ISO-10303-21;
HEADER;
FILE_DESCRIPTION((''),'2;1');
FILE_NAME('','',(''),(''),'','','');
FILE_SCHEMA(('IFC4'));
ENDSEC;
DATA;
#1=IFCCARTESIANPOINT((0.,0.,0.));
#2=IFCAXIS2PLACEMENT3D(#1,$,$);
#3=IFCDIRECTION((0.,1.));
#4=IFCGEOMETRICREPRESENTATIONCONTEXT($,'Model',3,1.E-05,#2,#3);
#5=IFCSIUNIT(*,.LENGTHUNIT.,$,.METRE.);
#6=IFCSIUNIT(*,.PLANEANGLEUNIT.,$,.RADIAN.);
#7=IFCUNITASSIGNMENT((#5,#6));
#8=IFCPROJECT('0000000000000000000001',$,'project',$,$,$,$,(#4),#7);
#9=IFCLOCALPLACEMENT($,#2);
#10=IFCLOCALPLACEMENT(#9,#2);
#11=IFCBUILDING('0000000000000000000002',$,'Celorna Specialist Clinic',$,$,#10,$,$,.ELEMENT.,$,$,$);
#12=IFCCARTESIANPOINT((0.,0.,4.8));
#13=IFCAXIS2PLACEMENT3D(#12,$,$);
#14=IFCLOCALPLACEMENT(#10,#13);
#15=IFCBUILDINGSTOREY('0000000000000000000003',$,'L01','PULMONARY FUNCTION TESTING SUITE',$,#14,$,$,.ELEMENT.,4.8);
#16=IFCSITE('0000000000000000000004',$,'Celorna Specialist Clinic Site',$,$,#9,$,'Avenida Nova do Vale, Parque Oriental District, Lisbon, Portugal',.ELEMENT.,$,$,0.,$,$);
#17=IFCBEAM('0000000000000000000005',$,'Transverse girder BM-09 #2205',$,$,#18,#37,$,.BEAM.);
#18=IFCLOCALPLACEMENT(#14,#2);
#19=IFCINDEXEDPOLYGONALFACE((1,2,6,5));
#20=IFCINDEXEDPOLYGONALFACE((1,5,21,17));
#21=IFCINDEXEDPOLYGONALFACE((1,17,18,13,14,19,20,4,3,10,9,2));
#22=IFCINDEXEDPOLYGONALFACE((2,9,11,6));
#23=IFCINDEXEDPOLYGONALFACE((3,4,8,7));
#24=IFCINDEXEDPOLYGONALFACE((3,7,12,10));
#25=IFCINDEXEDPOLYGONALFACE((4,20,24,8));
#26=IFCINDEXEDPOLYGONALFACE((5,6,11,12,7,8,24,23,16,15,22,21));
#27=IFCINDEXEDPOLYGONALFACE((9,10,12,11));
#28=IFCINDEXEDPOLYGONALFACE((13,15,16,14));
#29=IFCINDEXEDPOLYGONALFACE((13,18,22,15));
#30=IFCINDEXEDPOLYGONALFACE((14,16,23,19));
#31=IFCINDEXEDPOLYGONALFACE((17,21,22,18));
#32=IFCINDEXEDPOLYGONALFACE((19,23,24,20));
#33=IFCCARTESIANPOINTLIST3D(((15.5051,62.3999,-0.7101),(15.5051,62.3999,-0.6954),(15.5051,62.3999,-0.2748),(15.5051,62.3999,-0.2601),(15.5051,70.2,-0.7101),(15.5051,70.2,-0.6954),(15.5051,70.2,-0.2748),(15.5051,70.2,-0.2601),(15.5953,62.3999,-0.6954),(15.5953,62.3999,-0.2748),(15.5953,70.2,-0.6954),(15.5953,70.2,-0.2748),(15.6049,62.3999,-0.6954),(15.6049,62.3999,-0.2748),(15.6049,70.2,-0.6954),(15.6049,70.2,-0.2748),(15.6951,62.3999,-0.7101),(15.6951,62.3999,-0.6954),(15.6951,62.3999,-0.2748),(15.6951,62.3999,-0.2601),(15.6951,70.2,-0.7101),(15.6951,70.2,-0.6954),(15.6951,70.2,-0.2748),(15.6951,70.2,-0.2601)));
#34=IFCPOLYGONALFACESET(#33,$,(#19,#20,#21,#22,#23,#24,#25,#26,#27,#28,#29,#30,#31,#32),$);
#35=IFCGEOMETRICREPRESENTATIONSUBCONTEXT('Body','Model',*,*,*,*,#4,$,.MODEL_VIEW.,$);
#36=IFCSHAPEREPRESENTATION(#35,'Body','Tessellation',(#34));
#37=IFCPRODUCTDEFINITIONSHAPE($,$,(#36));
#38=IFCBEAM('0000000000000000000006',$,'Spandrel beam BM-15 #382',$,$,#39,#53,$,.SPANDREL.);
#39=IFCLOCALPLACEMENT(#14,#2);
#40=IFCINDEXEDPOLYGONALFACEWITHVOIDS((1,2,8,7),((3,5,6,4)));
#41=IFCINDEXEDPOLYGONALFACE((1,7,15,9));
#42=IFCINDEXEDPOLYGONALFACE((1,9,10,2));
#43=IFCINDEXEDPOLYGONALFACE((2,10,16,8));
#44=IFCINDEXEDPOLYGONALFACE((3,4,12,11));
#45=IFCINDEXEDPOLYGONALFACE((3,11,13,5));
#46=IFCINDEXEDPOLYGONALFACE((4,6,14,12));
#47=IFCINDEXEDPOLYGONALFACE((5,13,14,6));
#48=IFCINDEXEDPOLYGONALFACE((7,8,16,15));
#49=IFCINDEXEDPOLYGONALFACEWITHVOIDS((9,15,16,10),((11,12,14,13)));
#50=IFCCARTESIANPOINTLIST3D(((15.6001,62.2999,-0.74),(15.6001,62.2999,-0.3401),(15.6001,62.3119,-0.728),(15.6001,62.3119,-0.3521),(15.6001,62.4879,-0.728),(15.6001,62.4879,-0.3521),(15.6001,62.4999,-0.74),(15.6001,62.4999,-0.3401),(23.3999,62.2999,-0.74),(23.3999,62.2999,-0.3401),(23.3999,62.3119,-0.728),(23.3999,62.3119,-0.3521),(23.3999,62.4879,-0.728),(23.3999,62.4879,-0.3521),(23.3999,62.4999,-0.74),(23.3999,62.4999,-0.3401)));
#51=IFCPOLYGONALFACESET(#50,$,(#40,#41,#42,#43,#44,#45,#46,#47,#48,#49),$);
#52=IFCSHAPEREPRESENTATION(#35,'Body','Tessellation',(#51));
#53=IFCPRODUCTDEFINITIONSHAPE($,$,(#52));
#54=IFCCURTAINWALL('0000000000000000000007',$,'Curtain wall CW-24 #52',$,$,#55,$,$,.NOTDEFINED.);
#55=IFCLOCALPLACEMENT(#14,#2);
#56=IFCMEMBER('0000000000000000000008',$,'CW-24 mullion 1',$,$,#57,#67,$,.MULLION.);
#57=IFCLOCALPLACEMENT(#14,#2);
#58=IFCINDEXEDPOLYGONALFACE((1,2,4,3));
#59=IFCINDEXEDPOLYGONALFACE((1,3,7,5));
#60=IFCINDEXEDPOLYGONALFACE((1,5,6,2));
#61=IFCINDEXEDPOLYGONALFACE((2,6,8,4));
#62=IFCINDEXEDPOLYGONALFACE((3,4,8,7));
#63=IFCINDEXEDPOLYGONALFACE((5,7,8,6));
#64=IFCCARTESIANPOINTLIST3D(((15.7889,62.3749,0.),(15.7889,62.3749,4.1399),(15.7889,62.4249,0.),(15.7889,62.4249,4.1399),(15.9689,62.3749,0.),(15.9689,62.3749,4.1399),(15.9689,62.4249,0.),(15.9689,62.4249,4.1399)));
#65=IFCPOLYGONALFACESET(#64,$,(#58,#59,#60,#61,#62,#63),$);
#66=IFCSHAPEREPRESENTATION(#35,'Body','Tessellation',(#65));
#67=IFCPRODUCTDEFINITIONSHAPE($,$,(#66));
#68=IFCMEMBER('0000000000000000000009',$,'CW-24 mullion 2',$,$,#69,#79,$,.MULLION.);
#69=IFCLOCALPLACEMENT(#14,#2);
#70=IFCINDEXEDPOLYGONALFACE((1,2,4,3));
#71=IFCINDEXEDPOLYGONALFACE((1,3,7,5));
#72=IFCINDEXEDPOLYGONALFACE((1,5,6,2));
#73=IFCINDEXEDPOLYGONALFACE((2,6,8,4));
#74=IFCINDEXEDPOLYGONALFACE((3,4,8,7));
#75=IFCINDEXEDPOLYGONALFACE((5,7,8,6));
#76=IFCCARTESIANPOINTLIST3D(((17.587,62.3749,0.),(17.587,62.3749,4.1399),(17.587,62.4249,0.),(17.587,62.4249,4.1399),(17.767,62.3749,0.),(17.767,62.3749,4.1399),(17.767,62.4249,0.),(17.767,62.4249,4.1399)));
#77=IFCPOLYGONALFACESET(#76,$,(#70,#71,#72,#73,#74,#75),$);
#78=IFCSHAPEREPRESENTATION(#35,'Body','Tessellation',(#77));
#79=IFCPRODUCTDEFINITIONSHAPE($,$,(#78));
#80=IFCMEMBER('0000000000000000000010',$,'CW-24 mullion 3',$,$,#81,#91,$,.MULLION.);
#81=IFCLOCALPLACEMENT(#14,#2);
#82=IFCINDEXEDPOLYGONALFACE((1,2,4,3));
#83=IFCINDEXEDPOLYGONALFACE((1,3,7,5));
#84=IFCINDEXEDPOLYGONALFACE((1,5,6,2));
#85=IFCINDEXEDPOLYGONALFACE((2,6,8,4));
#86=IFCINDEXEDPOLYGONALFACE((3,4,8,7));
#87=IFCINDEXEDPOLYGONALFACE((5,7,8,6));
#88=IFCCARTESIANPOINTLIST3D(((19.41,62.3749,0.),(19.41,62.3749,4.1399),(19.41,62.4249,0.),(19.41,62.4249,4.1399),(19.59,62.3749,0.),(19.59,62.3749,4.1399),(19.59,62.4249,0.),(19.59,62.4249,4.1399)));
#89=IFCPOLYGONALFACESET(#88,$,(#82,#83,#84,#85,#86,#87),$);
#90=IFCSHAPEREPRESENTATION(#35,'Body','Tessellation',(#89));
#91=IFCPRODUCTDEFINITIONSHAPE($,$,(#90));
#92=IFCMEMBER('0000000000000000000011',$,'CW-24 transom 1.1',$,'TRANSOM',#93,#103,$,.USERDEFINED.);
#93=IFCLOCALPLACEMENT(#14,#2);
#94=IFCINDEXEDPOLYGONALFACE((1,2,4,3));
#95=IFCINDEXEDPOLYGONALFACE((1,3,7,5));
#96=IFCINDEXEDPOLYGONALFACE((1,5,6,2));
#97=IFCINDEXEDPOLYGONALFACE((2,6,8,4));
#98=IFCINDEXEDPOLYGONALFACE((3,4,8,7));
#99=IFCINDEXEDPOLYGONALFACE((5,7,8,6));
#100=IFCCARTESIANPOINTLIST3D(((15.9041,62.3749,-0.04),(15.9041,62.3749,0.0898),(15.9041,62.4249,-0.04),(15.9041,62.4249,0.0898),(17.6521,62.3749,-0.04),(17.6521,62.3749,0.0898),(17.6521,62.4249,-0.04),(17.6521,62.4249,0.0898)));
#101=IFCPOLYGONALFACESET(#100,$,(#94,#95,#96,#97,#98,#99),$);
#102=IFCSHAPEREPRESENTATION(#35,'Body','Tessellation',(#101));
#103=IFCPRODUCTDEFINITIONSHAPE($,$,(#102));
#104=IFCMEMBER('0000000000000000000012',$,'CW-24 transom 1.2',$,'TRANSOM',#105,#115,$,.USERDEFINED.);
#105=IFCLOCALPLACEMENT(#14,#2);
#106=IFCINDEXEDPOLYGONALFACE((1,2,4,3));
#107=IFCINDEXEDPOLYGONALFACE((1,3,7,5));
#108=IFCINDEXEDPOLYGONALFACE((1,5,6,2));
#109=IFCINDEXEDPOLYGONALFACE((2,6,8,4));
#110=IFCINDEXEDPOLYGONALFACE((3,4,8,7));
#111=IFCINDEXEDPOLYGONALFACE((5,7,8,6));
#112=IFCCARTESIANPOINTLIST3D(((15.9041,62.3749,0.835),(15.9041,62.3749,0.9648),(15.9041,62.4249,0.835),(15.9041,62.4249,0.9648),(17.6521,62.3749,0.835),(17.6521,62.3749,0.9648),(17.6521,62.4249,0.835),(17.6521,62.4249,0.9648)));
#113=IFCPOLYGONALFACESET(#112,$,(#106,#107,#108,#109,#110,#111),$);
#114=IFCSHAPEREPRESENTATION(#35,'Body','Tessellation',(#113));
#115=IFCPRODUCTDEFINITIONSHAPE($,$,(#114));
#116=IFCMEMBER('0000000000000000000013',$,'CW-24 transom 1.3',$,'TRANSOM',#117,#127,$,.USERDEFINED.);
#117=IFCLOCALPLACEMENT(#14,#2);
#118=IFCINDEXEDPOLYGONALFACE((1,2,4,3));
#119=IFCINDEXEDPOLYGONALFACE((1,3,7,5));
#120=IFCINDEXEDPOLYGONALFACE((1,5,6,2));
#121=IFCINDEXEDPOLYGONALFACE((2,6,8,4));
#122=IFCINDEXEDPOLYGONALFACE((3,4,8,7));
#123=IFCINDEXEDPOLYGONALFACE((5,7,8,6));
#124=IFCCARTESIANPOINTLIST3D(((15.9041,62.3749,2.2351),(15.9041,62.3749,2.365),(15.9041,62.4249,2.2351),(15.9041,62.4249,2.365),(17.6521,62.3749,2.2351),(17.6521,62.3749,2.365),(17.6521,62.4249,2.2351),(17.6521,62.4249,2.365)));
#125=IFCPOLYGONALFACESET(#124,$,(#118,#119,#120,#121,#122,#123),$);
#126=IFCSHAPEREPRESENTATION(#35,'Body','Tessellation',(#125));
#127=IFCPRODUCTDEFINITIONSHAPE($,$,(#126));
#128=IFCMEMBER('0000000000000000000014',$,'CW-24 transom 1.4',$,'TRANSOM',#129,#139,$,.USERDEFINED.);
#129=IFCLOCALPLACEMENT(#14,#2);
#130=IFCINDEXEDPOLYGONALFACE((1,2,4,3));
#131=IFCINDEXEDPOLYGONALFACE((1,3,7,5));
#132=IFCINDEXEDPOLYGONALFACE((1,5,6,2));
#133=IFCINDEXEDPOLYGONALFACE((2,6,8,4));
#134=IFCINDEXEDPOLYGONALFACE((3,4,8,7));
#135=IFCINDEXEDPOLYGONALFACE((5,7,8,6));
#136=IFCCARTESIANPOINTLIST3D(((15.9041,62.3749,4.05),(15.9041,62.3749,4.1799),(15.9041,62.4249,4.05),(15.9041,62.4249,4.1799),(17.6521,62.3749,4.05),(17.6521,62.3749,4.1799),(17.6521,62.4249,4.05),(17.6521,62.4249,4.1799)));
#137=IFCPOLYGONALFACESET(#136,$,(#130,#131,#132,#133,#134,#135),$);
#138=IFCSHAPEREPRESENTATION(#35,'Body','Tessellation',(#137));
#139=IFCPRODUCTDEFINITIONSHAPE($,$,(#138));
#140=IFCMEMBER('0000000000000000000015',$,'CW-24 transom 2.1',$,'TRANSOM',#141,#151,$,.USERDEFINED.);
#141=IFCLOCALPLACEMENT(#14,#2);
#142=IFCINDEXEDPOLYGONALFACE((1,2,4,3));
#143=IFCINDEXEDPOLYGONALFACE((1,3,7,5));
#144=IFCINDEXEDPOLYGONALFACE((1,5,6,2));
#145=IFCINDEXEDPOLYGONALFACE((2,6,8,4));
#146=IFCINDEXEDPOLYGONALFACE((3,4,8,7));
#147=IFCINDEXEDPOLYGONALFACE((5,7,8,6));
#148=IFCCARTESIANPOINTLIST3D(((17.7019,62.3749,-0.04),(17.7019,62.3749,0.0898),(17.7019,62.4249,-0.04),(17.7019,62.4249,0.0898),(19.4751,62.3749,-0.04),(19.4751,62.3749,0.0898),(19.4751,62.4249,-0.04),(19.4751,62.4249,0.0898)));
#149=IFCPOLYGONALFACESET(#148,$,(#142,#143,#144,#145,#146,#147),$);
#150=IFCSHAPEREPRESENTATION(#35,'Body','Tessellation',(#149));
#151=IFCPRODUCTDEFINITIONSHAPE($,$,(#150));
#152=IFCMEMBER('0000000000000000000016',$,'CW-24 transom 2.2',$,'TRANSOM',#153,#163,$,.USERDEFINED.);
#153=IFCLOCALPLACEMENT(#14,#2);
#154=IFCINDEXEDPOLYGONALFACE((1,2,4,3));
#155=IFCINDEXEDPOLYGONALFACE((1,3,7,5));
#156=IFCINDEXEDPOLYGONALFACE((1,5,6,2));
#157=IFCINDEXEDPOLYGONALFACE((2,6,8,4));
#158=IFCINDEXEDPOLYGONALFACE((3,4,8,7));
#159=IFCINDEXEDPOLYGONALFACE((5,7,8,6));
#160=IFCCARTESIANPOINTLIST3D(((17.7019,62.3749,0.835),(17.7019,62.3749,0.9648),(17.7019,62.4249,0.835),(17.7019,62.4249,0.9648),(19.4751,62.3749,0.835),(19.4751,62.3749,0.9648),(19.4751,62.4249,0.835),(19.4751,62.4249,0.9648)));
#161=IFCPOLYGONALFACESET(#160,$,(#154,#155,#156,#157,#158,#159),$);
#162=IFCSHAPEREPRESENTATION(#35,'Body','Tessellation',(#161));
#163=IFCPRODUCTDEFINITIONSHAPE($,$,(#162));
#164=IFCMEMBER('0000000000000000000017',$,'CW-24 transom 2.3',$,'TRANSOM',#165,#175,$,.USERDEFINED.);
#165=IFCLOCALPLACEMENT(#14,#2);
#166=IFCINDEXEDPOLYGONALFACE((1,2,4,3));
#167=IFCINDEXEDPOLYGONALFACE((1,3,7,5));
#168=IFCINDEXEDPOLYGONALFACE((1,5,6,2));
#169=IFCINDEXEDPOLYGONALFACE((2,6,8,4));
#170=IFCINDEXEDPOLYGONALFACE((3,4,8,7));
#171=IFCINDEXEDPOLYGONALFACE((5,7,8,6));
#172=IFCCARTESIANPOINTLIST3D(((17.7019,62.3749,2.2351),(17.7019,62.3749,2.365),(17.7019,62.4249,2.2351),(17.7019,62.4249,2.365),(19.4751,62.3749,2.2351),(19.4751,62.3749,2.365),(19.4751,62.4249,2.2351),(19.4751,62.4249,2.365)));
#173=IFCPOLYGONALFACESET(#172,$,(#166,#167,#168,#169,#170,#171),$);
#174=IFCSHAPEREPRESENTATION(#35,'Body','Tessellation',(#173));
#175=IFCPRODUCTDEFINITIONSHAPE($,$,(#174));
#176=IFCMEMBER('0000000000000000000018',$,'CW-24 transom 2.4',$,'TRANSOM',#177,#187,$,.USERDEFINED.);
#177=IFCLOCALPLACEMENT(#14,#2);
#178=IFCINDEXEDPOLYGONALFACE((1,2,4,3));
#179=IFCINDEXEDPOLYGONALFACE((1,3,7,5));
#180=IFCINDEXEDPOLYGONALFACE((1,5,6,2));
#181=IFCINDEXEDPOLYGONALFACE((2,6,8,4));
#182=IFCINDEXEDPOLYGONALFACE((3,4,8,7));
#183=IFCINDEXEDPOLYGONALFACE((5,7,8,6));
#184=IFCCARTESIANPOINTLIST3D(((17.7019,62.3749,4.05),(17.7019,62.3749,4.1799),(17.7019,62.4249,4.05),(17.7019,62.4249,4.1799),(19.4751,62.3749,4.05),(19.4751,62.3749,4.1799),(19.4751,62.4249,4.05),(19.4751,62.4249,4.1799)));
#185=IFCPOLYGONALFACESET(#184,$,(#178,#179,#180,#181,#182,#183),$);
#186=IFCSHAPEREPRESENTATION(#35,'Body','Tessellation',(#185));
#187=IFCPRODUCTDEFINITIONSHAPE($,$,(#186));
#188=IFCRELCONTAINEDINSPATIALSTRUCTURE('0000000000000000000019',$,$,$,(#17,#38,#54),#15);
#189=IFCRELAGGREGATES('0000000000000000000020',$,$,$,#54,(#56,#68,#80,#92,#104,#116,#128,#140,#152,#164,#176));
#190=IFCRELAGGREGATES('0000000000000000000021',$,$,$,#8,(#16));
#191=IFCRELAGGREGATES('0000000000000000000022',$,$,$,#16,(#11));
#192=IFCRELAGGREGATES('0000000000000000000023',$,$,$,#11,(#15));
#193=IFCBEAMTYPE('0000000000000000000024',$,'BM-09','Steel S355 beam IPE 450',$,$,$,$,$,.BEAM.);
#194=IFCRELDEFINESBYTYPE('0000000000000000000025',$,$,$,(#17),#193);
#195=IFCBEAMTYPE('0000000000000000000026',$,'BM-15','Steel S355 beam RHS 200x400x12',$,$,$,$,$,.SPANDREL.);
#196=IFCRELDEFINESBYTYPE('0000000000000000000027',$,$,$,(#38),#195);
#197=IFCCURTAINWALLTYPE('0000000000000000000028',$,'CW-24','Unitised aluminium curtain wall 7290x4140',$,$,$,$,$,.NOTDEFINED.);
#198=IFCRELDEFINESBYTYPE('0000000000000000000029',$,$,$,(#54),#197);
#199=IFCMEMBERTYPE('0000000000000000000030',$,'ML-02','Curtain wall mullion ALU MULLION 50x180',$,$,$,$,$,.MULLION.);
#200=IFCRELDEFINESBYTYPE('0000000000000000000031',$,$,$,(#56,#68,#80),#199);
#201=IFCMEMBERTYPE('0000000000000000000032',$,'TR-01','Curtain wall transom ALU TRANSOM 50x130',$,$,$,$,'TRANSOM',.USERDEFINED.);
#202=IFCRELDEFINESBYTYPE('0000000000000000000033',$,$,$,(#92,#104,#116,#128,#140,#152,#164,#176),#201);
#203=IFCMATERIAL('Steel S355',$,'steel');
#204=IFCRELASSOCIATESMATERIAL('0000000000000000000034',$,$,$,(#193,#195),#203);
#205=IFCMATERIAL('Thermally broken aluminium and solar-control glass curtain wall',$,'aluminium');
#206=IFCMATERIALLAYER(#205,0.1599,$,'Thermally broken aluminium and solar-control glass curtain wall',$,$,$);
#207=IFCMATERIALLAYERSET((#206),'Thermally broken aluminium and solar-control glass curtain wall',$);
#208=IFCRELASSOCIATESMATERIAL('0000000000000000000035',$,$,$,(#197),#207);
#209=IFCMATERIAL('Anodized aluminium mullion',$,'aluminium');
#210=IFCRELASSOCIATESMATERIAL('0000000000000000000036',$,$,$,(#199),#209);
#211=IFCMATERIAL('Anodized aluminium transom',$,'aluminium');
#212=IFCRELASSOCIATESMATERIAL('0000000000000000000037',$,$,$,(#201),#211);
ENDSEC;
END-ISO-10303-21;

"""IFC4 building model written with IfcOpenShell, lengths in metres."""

from ifc_helpers import new_model, si_unit, direction, frame, origin, origin_2d, place, context, subcontext, project, spatial, rectangle, hollow_rectangle, i_section, extrude, material, layer, layer_set, material_profile, profile_set, type_object, element, aggregate, save


model = new_model("IFC4")

# Units and contexts
model_context = context("Model", 3, precision=1e-05, world=origin(), true_north=direction((0.0, 1.0)))
body_context = subcontext(model_context, "Body", "Model", "MODEL_VIEW")
ifc_project = project(units=[si_unit("LENGTHUNIT", "METRE"), si_unit("PLANEANGLEUNIT", "RADIAN")], contexts=[model_context])

# Site, building, storey
site_placement = place(None, origin())
site = spatial("IfcSite", under=ifc_project, at=site_placement, Name="Celorna Specialist Clinic Site", LongName="Avenida Nova do Vale, Parque Oriental District, Lisbon, Portugal", CompositionType="ELEMENT", RefElevation=0.0)
building_placement = place(site_placement, origin())
building = spatial("IfcBuilding", under=site, at=building_placement, Name="Celorna Specialist Clinic", CompositionType="ELEMENT")
storey_placement = place(building_placement, frame((0.0, 0.0, 4.8)))
storey = spatial("IfcBuildingStorey", under=building, at=storey_placement, Name="L01", Description="PULMONARY FUNCTION TESTING SUITE", CompositionType="ELEMENT", Elevation=4.8)

# Beams
ifc_material_1 = material(Name="Steel S355", Category="steel")
ifc_material_profile_1 = material_profile(ifc_material_1, i_section(OverallWidth=0.1899, OverallDepth=0.45, WebThickness=0.0095, FlangeThickness=0.0146, at=origin_2d()), Name="IPE 450")
ifc_profile_set_1 = profile_set([ifc_material_profile_1], Name="Steel S355")
beam_type_1 = type_object("IfcBeamType", Name="BM-09", Description="Steel S355 beam IPE 450", PredefinedType="BEAM", material=ifc_profile_set_1)
beam_1_placement = place(storey_placement, frame((15.6001, 62.3999, -0.4851), z_axis=(0.0, 1.0, 0.0), x_axis=(-1.0, 0.0, 0.0)))
element("IfcBeam", 1, at=beam_1_placement, inside=storey, type_object=beam_type_1, Name="Transverse girder BM-09 #2205", PredefinedType="BEAM", context=body_context, shape_type="SweptSolid", body=[
    extrude(i_section(OverallWidth=0.1899, OverallDepth=0.45, WebThickness=0.0095, FlangeThickness=0.0146, at=origin_2d()), origin(), (0.0, 0.0, 1.0), 7.8),
])
ifc_material_profile_2 = material_profile(ifc_material_1, hollow_rectangle(XDim=0.2, YDim=0.3999, WallThickness=0.012, at=origin_2d()), Name="RHS 200x400x12")
ifc_profile_set_2 = profile_set([ifc_material_profile_2], Name="Steel S355")
beam_type_2 = type_object("IfcBeamType", Name="BM-15", Description="Steel S355 beam RHS 200x400x12", PredefinedType="SPANDREL", material=ifc_profile_set_2)
beam_2_placement = place(storey_placement, frame((15.6001, 62.3999, -0.54), z_axis=(1.0, 0.0, 0.0), x_axis=(0.0, 1.0, 0.0)))
element("IfcBeam", 2, at=beam_2_placement, inside=storey, type_object=beam_type_2, Name="Spandrel beam BM-15 #382", PredefinedType="SPANDREL", context=body_context, shape_type="SweptSolid", body=[
    extrude(hollow_rectangle(XDim=0.2, YDim=0.3999, WallThickness=0.012, at=origin_2d()), origin(), (0.0, 0.0, 1.0), 7.7998),
])

# Curtain wall, members
ifc_material_2 = material(Name="Thermally broken aluminium and solar-control glass curtain wall", Category="aluminium")
ifc_layer_1 = layer(ifc_material_2, 0.1599, Name="Thermally broken aluminium and solar-control glass curtain wall")
ifc_layer_set_1 = layer_set([ifc_layer_1], Name="Thermally broken aluminium and solar-control glass curtain wall")
curtain_wall_type = type_object("IfcCurtainWallType", Name="CW-24", Description="Unitised aluminium curtain wall 7290x4140", PredefinedType="NOTDEFINED", material=ifc_layer_set_1)
curtain_wall_placement = place(storey_placement, origin())
curtain_wall = element("IfcCurtainWall", 3, at=curtain_wall_placement, inside=storey, type_object=curtain_wall_type, Name="Curtain wall CW-24 #52", PredefinedType="NOTDEFINED")
ifc_material_3 = material(Name="Anodized aluminium mullion", Category="aluminium")
ifc_material_profile_3 = material_profile(ifc_material_3, rectangle(XDim=0.05, YDim=0.1799, at=origin_2d()), Name="ALU MULLION 50x180")
ifc_profile_set_3 = profile_set([ifc_material_profile_3], Name="Anodized aluminium mullion")
member_type_1 = type_object("IfcMemberType", Name="ML-02", Description="Curtain wall mullion ALU MULLION 50x180", PredefinedType="MULLION", material=ifc_profile_set_3)
member_1_placement = place(storey_placement, frame((15.8789, 62.3999, 0.0), z_axis=(0.0, 0.0, 1.0), x_axis=(0.0, 1.0, 0.0)))
member_1 = element("IfcMember", 4, at=member_1_placement, type_object=member_type_1, Name="CW-24 mullion 1", PredefinedType="MULLION", context=body_context, shape_type="SweptSolid", body=[
    extrude(rectangle(XDim=0.05, YDim=0.1799, at=origin_2d()), origin(), (0.0, 0.0, 1.0), 4.1399),
])
member_2_placement = place(storey_placement, frame((17.677, 62.3999, 0.0), z_axis=(0.0, 0.0, 1.0), x_axis=(0.0, 1.0, 0.0)))
member_2 = element("IfcMember", 5, at=member_2_placement, type_object=member_type_1, Name="CW-24 mullion 2", PredefinedType="MULLION", context=body_context, shape_type="SweptSolid", body=[
    extrude(rectangle(XDim=0.05, YDim=0.1799, at=origin_2d()), origin(), (0.0, 0.0, 1.0), 4.1399),
])
member_3_placement = place(storey_placement, frame((19.5, 62.3999, 0.0), z_axis=(0.0, 0.0, 1.0), x_axis=(0.0, 1.0, 0.0)))
member_3 = element("IfcMember", 6, at=member_3_placement, type_object=member_type_1, Name="CW-24 mullion 3", PredefinedType="MULLION", context=body_context, shape_type="SweptSolid", body=[
    extrude(rectangle(XDim=0.05, YDim=0.1799, at=origin_2d()), origin(), (0.0, 0.0, 1.0), 4.1399),
])
ifc_material_4 = material(Name="Anodized aluminium transom", Category="aluminium")
ifc_material_profile_4 = material_profile(ifc_material_4, rectangle(XDim=0.05, YDim=0.1299, at=origin_2d()), Name="ALU TRANSOM 50x130")
ifc_profile_set_4 = profile_set([ifc_material_profile_4], Name="Anodized aluminium transom")
member_type_2 = type_object("IfcMemberType", Name="TR-01", Description="Curtain wall transom ALU TRANSOM 50x130", ElementType="TRANSOM", PredefinedType="USERDEFINED", material=ifc_profile_set_4)
member_4_placement = place(storey_placement, frame((15.9041, 62.3999, 0.0249), z_axis=(1.0, 0.0, 0.0), x_axis=(0.0, 1.0, 0.0)))
member_4 = element("IfcMember", 7, at=member_4_placement, type_object=member_type_2, Name="CW-24 transom 1.1", ObjectType="TRANSOM", PredefinedType="USERDEFINED", context=body_context, shape_type="SweptSolid", body=[
    extrude(rectangle(XDim=0.05, YDim=0.1299, at=origin_2d()), origin(), (0.0, 0.0, 1.0), 1.748),
])
member_5_placement = place(storey_placement, frame((15.9041, 62.3999, 0.8999), z_axis=(1.0, 0.0, 0.0), x_axis=(0.0, 1.0, 0.0)))
member_5 = element("IfcMember", 8, at=member_5_placement, type_object=member_type_2, Name="CW-24 transom 1.2", ObjectType="TRANSOM", PredefinedType="USERDEFINED", context=body_context, shape_type="SweptSolid", body=[
    extrude(rectangle(XDim=0.05, YDim=0.1299, at=origin_2d()), origin(), (0.0, 0.0, 1.0), 1.748),
])
member_6_placement = place(storey_placement, frame((15.9041, 62.3999, 2.3), z_axis=(1.0, 0.0, 0.0), x_axis=(0.0, 1.0, 0.0)))
member_6 = element("IfcMember", 9, at=member_6_placement, type_object=member_type_2, Name="CW-24 transom 1.3", ObjectType="TRANSOM", PredefinedType="USERDEFINED", context=body_context, shape_type="SweptSolid", body=[
    extrude(rectangle(XDim=0.05, YDim=0.1299, at=origin_2d()), origin(), (0.0, 0.0, 1.0), 1.748),
])
member_7_placement = place(storey_placement, frame((15.9041, 62.3999, 4.115), z_axis=(1.0, 0.0, 0.0), x_axis=(0.0, 1.0, 0.0)))
member_7 = element("IfcMember", 10, at=member_7_placement, type_object=member_type_2, Name="CW-24 transom 1.4", ObjectType="TRANSOM", PredefinedType="USERDEFINED", context=body_context, shape_type="SweptSolid", body=[
    extrude(rectangle(XDim=0.05, YDim=0.1299, at=origin_2d()), origin(), (0.0, 0.0, 1.0), 1.748),
])
member_8_placement = place(storey_placement, frame((17.7019, 62.3999, 0.0249), z_axis=(1.0, 0.0, 0.0), x_axis=(0.0, 1.0, 0.0)))
member_8 = element("IfcMember", 11, at=member_8_placement, type_object=member_type_2, Name="CW-24 transom 2.1", ObjectType="TRANSOM", PredefinedType="USERDEFINED", context=body_context, shape_type="SweptSolid", body=[
    extrude(rectangle(XDim=0.05, YDim=0.1299, at=origin_2d()), origin(), (0.0, 0.0, 1.0), 1.7732),
])
member_9_placement = place(storey_placement, frame((17.7019, 62.3999, 0.8999), z_axis=(1.0, 0.0, 0.0), x_axis=(0.0, 1.0, 0.0)))
member_9 = element("IfcMember", 12, at=member_9_placement, type_object=member_type_2, Name="CW-24 transom 2.2", ObjectType="TRANSOM", PredefinedType="USERDEFINED", context=body_context, shape_type="SweptSolid", body=[
    extrude(rectangle(XDim=0.05, YDim=0.1299, at=origin_2d()), origin(), (0.0, 0.0, 1.0), 1.7732),
])
member_10_placement = place(storey_placement, frame((17.7019, 62.3999, 2.3), z_axis=(1.0, 0.0, 0.0), x_axis=(0.0, 1.0, 0.0)))
member_10 = element("IfcMember", 13, at=member_10_placement, type_object=member_type_2, Name="CW-24 transom 2.3", ObjectType="TRANSOM", PredefinedType="USERDEFINED", context=body_context, shape_type="SweptSolid", body=[
    extrude(rectangle(XDim=0.05, YDim=0.1299, at=origin_2d()), origin(), (0.0, 0.0, 1.0), 1.7732),
])
member_11_placement = place(storey_placement, frame((17.7019, 62.3999, 4.115), z_axis=(1.0, 0.0, 0.0), x_axis=(0.0, 1.0, 0.0)))
member_11 = element("IfcMember", 14, at=member_11_placement, type_object=member_type_2, Name="CW-24 transom 2.4", ObjectType="TRANSOM", PredefinedType="USERDEFINED", context=body_context, shape_type="SweptSolid", body=[
    extrude(rectangle(XDim=0.05, YDim=0.1299, at=origin_2d()), origin(), (0.0, 0.0, 1.0), 1.7732),
])
aggregate(curtain_wall, [member_1, member_2, member_3, member_4, member_5, member_6, member_7, member_8, member_9, member_10, member_11])

save(model, "model.ifc")
